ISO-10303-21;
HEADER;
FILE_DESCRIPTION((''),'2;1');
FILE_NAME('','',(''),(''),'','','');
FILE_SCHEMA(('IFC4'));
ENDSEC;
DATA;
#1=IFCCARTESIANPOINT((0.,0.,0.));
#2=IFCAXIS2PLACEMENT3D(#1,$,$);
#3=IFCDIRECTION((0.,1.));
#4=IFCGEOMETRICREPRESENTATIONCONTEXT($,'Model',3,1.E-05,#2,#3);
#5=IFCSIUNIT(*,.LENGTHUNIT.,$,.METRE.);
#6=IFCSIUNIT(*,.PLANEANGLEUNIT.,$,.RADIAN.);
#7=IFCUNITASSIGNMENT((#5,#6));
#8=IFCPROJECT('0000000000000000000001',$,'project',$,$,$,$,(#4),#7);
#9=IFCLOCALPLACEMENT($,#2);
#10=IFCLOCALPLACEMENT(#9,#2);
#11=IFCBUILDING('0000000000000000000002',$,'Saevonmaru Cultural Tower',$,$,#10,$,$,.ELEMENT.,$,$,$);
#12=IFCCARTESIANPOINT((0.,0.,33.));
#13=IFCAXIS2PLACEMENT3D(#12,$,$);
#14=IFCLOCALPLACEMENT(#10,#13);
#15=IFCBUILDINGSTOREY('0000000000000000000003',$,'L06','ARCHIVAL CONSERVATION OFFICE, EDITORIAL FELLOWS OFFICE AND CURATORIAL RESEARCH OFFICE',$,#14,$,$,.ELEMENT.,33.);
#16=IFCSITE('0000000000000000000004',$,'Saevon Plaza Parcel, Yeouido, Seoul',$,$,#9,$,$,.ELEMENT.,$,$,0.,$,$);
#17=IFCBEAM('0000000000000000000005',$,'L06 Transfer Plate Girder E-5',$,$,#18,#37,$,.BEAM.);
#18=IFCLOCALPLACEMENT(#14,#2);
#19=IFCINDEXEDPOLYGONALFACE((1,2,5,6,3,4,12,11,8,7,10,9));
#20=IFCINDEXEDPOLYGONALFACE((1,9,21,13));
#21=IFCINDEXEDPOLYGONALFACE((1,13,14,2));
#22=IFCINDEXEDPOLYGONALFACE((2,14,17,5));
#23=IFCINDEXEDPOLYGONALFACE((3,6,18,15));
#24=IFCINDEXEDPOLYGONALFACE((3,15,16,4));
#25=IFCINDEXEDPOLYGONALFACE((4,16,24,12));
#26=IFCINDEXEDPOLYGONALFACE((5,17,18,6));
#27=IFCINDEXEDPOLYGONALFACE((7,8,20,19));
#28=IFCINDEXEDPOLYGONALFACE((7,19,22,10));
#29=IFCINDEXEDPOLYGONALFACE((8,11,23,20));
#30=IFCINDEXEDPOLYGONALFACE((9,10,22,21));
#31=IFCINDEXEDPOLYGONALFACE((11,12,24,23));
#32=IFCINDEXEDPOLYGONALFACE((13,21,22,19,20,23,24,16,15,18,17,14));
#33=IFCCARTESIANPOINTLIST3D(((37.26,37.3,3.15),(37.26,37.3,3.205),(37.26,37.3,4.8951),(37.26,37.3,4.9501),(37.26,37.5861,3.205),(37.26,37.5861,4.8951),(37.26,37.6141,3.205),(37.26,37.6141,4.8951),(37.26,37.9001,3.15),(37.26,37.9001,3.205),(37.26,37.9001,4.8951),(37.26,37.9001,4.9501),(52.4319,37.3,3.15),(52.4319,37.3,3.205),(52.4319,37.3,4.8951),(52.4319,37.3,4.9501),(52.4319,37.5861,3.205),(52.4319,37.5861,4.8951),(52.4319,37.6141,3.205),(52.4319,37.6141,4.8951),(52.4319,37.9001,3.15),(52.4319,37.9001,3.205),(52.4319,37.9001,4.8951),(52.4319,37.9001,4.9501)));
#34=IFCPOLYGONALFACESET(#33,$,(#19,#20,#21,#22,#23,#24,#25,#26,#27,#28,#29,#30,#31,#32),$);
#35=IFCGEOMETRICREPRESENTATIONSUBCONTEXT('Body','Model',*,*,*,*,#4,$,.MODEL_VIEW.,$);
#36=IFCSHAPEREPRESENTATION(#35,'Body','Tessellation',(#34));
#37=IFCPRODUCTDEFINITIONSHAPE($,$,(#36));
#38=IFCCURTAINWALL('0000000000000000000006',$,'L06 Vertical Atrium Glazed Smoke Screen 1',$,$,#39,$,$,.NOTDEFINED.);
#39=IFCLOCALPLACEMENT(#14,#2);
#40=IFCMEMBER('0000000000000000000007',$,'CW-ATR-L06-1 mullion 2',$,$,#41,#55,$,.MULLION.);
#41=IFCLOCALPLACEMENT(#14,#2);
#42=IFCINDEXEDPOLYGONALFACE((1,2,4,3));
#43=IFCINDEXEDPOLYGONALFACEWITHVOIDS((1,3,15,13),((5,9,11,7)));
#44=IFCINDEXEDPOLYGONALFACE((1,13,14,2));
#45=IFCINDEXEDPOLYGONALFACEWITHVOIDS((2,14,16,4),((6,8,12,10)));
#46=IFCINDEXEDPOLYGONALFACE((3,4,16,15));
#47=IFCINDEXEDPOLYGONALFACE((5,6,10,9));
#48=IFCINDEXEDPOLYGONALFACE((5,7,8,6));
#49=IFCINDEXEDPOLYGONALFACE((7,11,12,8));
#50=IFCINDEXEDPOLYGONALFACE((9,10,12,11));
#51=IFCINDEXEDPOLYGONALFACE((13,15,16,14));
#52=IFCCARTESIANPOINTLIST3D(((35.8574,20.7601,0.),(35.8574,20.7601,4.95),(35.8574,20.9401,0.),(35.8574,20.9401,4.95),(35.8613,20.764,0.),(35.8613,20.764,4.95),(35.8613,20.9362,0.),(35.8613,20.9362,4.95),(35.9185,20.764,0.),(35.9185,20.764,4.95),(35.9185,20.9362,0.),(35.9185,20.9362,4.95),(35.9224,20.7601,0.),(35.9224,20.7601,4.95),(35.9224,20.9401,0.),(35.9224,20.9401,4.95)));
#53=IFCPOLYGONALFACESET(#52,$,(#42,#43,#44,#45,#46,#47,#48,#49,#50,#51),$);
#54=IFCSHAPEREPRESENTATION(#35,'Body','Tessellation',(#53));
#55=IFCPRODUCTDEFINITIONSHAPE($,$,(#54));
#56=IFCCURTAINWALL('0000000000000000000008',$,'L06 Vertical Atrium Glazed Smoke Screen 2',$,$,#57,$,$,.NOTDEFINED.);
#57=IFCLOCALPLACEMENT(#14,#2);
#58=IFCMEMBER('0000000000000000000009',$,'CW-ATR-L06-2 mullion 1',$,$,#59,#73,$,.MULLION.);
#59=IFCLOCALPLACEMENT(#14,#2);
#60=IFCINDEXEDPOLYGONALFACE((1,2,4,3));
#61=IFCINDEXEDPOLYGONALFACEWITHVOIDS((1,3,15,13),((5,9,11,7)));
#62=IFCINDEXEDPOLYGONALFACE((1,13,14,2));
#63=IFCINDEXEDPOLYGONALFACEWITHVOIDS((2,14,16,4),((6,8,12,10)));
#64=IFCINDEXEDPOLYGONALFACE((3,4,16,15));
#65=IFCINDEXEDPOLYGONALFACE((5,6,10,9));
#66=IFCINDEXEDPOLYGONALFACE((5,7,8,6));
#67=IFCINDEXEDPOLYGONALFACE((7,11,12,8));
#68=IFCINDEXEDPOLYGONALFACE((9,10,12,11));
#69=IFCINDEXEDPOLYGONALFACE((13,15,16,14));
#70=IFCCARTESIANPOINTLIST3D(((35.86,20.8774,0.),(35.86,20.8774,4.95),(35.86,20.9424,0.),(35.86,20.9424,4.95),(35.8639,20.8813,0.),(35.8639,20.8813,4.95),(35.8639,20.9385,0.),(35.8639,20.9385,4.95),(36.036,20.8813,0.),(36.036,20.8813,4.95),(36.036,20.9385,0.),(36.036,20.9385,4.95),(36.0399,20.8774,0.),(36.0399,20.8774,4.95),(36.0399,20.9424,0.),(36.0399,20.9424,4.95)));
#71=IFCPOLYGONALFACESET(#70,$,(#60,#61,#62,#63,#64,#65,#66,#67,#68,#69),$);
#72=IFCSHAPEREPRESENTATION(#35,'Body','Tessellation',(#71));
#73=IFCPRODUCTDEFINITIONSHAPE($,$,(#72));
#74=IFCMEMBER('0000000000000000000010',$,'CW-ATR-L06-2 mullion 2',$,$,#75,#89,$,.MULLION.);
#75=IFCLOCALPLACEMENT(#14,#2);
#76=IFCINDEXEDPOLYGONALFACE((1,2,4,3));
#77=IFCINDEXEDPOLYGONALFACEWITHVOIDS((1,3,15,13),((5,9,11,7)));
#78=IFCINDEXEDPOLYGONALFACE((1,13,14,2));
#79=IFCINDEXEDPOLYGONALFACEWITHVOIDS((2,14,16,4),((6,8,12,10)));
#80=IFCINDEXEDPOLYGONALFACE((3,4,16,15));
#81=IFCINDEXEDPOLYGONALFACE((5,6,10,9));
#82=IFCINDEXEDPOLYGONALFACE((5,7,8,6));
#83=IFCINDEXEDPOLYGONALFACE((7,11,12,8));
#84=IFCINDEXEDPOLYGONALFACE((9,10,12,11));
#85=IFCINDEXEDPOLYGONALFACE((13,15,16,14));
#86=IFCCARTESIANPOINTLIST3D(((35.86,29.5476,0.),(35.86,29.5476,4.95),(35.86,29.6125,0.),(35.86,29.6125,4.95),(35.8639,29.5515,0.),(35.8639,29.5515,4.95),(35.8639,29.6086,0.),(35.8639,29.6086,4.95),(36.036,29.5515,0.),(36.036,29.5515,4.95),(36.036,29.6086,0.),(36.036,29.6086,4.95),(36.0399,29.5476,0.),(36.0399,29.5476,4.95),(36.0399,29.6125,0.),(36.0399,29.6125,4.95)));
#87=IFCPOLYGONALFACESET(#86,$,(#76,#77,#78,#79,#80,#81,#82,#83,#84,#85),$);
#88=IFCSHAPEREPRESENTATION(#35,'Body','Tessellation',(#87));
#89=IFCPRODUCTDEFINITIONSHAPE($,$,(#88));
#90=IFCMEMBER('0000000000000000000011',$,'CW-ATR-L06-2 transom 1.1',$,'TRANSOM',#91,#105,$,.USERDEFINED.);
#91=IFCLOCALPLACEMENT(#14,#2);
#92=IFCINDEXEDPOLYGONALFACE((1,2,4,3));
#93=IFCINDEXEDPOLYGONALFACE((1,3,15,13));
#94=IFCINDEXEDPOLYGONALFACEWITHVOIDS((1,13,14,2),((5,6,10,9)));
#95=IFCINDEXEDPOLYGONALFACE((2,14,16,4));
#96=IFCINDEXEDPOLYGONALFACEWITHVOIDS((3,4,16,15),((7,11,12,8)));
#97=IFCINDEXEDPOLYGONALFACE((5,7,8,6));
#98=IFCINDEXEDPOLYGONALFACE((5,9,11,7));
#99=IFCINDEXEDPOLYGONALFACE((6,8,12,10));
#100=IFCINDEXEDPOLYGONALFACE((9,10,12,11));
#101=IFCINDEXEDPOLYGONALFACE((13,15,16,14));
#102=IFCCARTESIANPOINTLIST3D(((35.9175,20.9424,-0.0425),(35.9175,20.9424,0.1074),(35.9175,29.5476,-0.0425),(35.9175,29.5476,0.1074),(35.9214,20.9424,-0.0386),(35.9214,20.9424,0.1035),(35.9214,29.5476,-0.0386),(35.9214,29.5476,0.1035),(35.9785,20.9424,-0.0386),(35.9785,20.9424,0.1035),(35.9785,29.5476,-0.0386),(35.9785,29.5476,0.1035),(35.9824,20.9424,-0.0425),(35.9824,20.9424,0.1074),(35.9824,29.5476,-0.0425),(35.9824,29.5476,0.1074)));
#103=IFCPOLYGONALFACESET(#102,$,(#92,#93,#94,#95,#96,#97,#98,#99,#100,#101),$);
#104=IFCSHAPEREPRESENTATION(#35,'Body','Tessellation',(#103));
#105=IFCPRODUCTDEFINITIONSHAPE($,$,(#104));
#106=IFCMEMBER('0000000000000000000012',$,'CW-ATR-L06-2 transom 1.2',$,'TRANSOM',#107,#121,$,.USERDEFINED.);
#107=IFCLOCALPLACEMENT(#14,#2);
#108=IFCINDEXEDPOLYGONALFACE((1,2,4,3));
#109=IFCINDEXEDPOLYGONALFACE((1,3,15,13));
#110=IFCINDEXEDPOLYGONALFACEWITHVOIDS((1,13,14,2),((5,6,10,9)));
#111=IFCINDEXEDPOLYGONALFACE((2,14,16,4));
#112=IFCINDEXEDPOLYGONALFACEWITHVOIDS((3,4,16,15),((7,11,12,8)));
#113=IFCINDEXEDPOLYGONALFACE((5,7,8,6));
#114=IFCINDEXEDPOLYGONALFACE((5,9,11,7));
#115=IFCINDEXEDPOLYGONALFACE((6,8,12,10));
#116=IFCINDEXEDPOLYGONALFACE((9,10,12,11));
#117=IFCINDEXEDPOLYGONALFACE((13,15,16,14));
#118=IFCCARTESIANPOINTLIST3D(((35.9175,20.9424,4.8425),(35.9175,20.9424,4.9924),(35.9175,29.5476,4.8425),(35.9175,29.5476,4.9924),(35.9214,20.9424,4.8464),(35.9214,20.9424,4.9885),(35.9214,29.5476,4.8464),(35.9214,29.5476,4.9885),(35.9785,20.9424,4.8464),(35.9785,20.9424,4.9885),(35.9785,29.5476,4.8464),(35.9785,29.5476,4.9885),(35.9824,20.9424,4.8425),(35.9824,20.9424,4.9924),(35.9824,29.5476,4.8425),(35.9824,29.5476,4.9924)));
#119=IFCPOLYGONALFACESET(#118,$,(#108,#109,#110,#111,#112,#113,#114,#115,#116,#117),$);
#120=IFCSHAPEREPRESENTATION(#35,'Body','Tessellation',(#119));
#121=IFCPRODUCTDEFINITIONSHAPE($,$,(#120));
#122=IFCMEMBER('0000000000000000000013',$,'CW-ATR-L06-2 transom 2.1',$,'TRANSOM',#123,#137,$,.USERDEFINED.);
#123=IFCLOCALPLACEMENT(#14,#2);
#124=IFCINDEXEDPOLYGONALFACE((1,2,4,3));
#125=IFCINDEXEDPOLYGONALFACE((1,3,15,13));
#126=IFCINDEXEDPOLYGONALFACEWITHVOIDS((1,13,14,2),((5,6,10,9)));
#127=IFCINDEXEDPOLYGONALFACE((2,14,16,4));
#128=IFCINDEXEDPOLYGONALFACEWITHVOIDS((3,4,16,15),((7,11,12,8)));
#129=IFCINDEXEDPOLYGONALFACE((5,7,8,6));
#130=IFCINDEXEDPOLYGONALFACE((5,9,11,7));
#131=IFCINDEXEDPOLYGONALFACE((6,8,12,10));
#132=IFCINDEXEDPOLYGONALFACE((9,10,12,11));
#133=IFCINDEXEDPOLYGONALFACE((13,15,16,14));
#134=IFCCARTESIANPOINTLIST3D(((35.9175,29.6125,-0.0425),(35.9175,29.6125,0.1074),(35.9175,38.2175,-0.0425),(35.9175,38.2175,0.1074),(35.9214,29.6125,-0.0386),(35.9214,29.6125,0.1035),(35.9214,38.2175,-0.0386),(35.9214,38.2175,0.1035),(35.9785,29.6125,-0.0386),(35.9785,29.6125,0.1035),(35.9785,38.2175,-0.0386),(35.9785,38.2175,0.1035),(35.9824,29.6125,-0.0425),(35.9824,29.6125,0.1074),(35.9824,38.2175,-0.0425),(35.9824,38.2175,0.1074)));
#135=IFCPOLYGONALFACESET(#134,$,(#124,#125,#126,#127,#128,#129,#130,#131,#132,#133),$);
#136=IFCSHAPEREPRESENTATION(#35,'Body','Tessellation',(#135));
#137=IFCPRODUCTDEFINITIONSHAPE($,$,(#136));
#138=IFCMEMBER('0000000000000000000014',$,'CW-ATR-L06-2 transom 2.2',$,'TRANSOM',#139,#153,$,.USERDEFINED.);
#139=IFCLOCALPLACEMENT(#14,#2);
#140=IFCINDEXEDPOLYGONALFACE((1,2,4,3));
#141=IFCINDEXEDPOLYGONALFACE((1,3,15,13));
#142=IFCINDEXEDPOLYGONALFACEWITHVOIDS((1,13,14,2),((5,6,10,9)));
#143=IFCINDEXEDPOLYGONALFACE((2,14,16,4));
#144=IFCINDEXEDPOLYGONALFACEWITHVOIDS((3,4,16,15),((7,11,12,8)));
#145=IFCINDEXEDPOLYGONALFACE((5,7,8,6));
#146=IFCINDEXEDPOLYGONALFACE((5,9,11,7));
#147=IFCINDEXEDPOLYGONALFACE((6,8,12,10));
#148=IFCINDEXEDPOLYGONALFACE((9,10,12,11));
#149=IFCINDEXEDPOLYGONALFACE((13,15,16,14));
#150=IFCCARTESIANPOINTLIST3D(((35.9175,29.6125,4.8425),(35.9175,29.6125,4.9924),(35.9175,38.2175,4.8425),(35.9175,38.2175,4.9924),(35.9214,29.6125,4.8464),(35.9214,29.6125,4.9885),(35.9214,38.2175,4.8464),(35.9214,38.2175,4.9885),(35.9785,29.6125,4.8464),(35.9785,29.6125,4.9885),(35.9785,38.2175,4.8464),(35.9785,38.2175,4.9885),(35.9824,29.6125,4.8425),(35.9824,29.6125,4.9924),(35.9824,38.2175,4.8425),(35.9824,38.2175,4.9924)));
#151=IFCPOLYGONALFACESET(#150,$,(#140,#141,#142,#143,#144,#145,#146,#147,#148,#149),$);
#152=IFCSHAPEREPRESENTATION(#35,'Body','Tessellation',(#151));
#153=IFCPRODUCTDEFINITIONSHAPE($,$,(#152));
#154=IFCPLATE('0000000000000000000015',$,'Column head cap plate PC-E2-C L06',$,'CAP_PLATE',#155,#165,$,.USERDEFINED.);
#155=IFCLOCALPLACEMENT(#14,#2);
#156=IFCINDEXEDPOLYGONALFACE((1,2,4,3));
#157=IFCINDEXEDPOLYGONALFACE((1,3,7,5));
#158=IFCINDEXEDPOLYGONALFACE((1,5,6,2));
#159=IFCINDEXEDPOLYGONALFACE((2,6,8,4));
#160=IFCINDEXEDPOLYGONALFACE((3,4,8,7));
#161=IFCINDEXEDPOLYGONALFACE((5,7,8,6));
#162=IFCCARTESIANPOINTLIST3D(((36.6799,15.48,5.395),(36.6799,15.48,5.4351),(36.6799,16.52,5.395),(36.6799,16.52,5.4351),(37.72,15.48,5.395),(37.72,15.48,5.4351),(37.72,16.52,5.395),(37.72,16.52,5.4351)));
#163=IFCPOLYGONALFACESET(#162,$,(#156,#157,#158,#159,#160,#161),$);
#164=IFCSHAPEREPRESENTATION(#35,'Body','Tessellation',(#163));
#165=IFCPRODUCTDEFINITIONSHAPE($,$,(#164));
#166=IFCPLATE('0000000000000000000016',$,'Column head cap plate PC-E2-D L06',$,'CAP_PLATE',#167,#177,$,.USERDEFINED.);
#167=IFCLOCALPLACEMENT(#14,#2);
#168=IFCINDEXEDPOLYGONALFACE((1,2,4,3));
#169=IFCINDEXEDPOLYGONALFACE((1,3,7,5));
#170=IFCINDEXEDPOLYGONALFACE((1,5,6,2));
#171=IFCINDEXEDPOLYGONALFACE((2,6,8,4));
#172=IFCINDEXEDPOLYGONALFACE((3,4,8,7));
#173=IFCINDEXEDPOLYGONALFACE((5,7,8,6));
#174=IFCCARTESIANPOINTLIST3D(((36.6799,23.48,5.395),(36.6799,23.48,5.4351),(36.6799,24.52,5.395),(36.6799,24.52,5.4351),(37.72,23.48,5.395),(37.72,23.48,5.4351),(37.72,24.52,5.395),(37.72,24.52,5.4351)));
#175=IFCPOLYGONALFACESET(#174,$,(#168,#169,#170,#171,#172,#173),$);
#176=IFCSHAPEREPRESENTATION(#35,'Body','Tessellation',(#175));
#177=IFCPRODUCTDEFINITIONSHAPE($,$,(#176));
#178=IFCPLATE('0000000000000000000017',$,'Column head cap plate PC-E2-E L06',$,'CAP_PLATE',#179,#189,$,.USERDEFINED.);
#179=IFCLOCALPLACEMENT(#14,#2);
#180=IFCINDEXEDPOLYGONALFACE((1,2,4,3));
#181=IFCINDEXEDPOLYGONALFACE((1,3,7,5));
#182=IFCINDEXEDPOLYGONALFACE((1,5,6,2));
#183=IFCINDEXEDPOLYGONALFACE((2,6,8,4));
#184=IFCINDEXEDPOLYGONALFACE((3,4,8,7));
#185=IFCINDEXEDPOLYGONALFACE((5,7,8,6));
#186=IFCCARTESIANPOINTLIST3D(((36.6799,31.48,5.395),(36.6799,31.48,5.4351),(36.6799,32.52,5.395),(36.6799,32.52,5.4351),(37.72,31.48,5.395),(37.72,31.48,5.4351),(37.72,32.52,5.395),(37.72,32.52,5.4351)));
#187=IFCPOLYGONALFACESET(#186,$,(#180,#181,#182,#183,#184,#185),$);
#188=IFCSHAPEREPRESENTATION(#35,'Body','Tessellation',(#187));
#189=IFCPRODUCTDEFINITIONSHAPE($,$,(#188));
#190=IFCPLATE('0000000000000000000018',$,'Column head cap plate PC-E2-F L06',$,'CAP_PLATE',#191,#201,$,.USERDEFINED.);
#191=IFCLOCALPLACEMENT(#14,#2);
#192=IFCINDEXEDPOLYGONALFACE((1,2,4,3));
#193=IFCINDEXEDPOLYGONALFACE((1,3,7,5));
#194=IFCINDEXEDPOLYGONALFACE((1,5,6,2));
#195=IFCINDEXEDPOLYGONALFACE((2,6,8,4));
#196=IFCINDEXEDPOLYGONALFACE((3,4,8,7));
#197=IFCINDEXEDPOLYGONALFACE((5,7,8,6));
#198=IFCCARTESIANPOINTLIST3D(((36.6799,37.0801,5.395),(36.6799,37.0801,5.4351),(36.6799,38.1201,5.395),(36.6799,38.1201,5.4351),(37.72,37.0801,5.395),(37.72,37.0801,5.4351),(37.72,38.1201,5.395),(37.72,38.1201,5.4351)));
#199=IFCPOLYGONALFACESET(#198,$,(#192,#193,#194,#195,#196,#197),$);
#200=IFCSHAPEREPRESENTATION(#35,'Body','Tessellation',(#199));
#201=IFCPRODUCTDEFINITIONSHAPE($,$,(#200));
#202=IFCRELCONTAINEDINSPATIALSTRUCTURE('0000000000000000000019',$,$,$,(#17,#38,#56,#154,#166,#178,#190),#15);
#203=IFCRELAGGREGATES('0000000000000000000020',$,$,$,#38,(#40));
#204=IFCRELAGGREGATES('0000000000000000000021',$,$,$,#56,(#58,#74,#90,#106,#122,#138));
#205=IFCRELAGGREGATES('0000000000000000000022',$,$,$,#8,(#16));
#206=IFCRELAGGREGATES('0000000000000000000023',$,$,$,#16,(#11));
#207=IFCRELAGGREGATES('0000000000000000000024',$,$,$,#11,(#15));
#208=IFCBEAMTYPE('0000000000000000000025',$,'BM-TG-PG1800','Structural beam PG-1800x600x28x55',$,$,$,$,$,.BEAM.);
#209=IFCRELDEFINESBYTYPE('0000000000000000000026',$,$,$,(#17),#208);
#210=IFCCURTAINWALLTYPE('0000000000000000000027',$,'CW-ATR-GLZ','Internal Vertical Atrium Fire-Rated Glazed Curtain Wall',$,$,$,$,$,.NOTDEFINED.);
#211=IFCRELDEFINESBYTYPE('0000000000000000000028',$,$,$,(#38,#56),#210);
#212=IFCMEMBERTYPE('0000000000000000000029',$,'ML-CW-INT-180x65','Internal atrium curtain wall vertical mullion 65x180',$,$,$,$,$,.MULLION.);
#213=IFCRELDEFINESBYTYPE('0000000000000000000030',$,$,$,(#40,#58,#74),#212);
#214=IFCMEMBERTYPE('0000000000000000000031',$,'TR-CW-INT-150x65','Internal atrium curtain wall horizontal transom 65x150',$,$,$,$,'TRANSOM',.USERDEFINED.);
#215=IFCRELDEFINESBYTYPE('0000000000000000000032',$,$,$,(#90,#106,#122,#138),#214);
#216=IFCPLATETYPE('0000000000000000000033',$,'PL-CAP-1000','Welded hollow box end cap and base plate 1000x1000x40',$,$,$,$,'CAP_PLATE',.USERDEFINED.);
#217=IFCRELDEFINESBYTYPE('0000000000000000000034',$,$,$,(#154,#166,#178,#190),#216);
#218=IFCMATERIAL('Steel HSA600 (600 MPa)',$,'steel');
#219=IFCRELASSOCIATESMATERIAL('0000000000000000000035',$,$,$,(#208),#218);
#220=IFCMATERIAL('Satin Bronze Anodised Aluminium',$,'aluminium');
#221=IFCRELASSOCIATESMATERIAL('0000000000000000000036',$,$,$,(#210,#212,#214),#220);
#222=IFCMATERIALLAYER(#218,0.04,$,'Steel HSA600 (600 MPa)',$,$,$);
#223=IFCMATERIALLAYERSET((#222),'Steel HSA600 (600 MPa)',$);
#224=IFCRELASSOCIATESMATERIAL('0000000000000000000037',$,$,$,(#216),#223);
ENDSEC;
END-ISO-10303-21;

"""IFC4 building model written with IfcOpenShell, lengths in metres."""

from ifc_helpers import new_model, si_unit, direction, frame, origin, origin_2d, place, context, subcontext, project, spatial, rectangle, hollow_rectangle, i_section, extrude, material, layer, layer_set, material_profile, profile_set, type_object, element, aggregate, save


model = new_model("IFC4")

# Units and contexts
model_context = context("Model", 3, precision=1e-05, world=origin(), true_north=direction((0.0, 1.0)))
body_context = subcontext(model_context, "Body", "Model", "MODEL_VIEW")
ifc_project = project(units=[si_unit("LENGTHUNIT", "METRE"), si_unit("PLANEANGLEUNIT", "RADIAN")], contexts=[model_context])

# Site, building, storey
site_placement = place(None, origin())
site = spatial("IfcSite", under=ifc_project, at=site_placement, Name="Saevon Plaza Parcel, Yeouido, Seoul", CompositionType="ELEMENT", RefElevation=0.0)
building_placement = place(site_placement, origin())
building = spatial("IfcBuilding", under=site, at=building_placement, Name="Saevonmaru Cultural Tower", CompositionType="ELEMENT")
storey_placement = place(building_placement, frame((0.0, 0.0, 33.0)))
storey = spatial("IfcBuildingStorey", under=building, at=storey_placement, Name="L06", Description="ARCHIVAL CONSERVATION OFFICE, EDITORIAL FELLOWS OFFICE AND CURATORIAL RESEARCH OFFICE", CompositionType="ELEMENT", Elevation=33.0)

# Beam
ifc_material_1 = material(Name="Steel HSA600 (600 MPa)", Category="steel")
ifc_material_profile_1 = material_profile(ifc_material_1, i_section(OverallWidth=0.6001, OverallDepth=1.8, WebThickness=0.0281, FlangeThickness=0.0549, at=origin_2d()), Name="PG-1800x600x28x55")
ifc_profile_set_1 = profile_set([ifc_material_profile_1], Name="Steel HSA600 (600 MPa)")
beam_type_1 = type_object("IfcBeamType", Name="BM-TG-PG1800", Description="Structural beam PG-1800x600x28x55", PredefinedType="BEAM", material=ifc_profile_set_1)
beam_1_placement = place(storey_placement, frame((37.26, 37.6001, 4.05), z_axis=(1.0, 0.0, 0.0), x_axis=(0.0, 1.0, 0.0)))
element("IfcBeam", 1, at=beam_1_placement, inside=storey, type_object=beam_type_1, Name="L06 Transfer Plate Girder E-5", PredefinedType="BEAM", context=body_context, shape_type="SweptSolid", body=[
    extrude(i_section(OverallWidth=0.6001, OverallDepth=1.8, WebThickness=0.0281, FlangeThickness=0.0549, at=origin_2d()), origin(), (0.0, 0.0, 1.0), 15.1719),
])

# Curtain wall, member
ifc_material_2 = material(Name="Satin Bronze Anodised Aluminium", Category="aluminium")
curtain_wall_type = type_object("IfcCurtainWallType", Name="CW-ATR-GLZ", Description="Internal Vertical Atrium Fire-Rated Glazed Curtain Wall", PredefinedType="NOTDEFINED", material=ifc_material_2)
curtain_wall_1_placement = place(storey_placement, origin())
curtain_wall_1 = element("IfcCurtainWall", 2, at=curtain_wall_1_placement, inside=storey, type_object=curtain_wall_type, Name="L06 Vertical Atrium Glazed Smoke Screen 1", PredefinedType="NOTDEFINED")
ifc_material_profile_2 = material_profile(ifc_material_2, hollow_rectangle(XDim=0.0649, YDim=0.1799, WallThickness=0.0039, at=origin_2d()), Name="ALU-MULL-180x65x4")
ifc_profile_set_2 = profile_set([ifc_material_profile_2], Name="Satin Bronze Anodised Aluminium")
member_type_1 = type_object("IfcMemberType", Name="ML-CW-INT-180x65", Description="Internal atrium curtain wall vertical mullion 65x180", PredefinedType="MULLION", material=ifc_profile_set_2)
member_1_placement = place(storey_placement, frame((35.8899, 20.8501, 0.0), z_axis=(0.0, 0.0, 1.0), x_axis=(1.0, 0.0, 0.0)))
member_1 = element("IfcMember", 3, at=member_1_placement, type_object=member_type_1, Name="CW-ATR-L06-1 mullion 2", PredefinedType="MULLION", context=body_context, shape_type="SweptSolid", body=[
    extrude(hollow_rectangle(XDim=0.0649, YDim=0.1799, WallThickness=0.0039, at=origin_2d()), origin(), (0.0, 0.0, 1.0), 4.95),
])

# Curtain wall, members
curtain_wall_2_placement = place(storey_placement, origin())
curtain_wall_2 = element("IfcCurtainWall", 4, at=curtain_wall_2_placement, inside=storey, type_object=curtain_wall_type, Name="L06 Vertical Atrium Glazed Smoke Screen 2", PredefinedType="NOTDEFINED")
member_2_placement = place(storey_placement, frame((35.95, 20.9099, 0.0), z_axis=(0.0, 0.0, 1.0), x_axis=(0.0, 1.0, 0.0)))
member_2 = element("IfcMember", 5, at=member_2_placement, type_object=member_type_1, Name="CW-ATR-L06-2 mullion 1", PredefinedType="MULLION", context=body_context, shape_type="SweptSolid", body=[
    extrude(hollow_rectangle(XDim=0.0649, YDim=0.1799, WallThickness=0.0039, at=origin_2d()), origin(), (0.0, 0.0, 1.0), 4.95),
])
member_3_placement = place(storey_placement, frame((35.95, 29.5801, 0.0), z_axis=(0.0, 0.0, 1.0), x_axis=(0.0, 1.0, 0.0)))
member_3 = element("IfcMember", 6, at=member_3_placement, type_object=member_type_1, Name="CW-ATR-L06-2 mullion 2", PredefinedType="MULLION", context=body_context, shape_type="SweptSolid", body=[
    extrude(hollow_rectangle(XDim=0.0649, YDim=0.1799, WallThickness=0.0039, at=origin_2d()), origin(), (0.0, 0.0, 1.0), 4.95),
])
ifc_material_profile_3 = material_profile(ifc_material_2, hollow_rectangle(XDim=0.0649, YDim=0.1499, WallThickness=0.0039, at=origin_2d()), Name="ALU-TRAN-150x65x4")
ifc_profile_set_3 = profile_set([ifc_material_profile_3], Name="Satin Bronze Anodised Aluminium")
member_type_2 = type_object("IfcMemberType", Name="TR-CW-INT-150x65", Description="Internal atrium curtain wall horizontal transom 65x150", ElementType="TRANSOM", PredefinedType="USERDEFINED", material=ifc_profile_set_3)
member_4_placement = place(storey_placement, frame((35.95, 20.9424, 0.0325), z_axis=(0.0, 1.0, 0.0), x_axis=(-1.0, 0.0, 0.0)))
member_4 = element("IfcMember", 7, at=member_4_placement, type_object=member_type_2, Name="CW-ATR-L06-2 transom 1.1", ObjectType="TRANSOM", PredefinedType="USERDEFINED", context=body_context, shape_type="SweptSolid", body=[
    extrude(hollow_rectangle(XDim=0.0649, YDim=0.1499, WallThickness=0.0039, at=origin_2d()), origin(), (0.0, 0.0, 1.0), 8.6052),
])
member_5_placement = place(storey_placement, frame((35.95, 20.9424, 4.9175), z_axis=(0.0, 1.0, 0.0), x_axis=(-1.0, 0.0, 0.0)))
member_5 = element("IfcMember", 8, at=member_5_placement, type_object=member_type_2, Name="CW-ATR-L06-2 transom 1.2", ObjectType="TRANSOM", PredefinedType="USERDEFINED", context=body_context, shape_type="SweptSolid", body=[
    extrude(hollow_rectangle(XDim=0.0649, YDim=0.1499, WallThickness=0.0039, at=origin_2d()), origin(), (0.0, 0.0, 1.0), 8.6052),
])
member_6_placement = place(storey_placement, frame((35.95, 29.6125, 0.0325), z_axis=(0.0, 1.0, 0.0), x_axis=(-1.0, 0.0, 0.0)))
member_6 = element("IfcMember", 9, at=member_6_placement, type_object=member_type_2, Name="CW-ATR-L06-2 transom 2.1", ObjectType="TRANSOM", PredefinedType="USERDEFINED", context=body_context, shape_type="SweptSolid", body=[
    extrude(hollow_rectangle(XDim=0.0649, YDim=0.1499, WallThickness=0.0039, at=origin_2d()), origin(), (0.0, 0.0, 1.0), 8.605),
])
member_7_placement = place(storey_placement, frame((35.95, 29.6125, 4.9175), z_axis=(0.0, 1.0, 0.0), x_axis=(-1.0, 0.0, 0.0)))
member_7 = element("IfcMember", 10, at=member_7_placement, type_object=member_type_2, Name="CW-ATR-L06-2 transom 2.2", ObjectType="TRANSOM", PredefinedType="USERDEFINED", context=body_context, shape_type="SweptSolid", body=[
    extrude(hollow_rectangle(XDim=0.0649, YDim=0.1499, WallThickness=0.0039, at=origin_2d()), origin(), (0.0, 0.0, 1.0), 8.605),
])

# Plates
ifc_layer_1 = layer(ifc_material_1, 0.04, Name="Steel HSA600 (600 MPa)")
ifc_layer_set_1 = layer_set([ifc_layer_1], Name="Steel HSA600 (600 MPa)")
plate_type_1 = type_object("IfcPlateType", Name="PL-CAP-1000", Description="Welded hollow box end cap and base plate 1000x1000x40", ElementType="CAP_PLATE", PredefinedType="USERDEFINED", material=ifc_layer_set_1)
for number, where, z_axis, x_axis, name in (
    (11, (37.2, 16.0, 5.395), (0.0, 0.0, 1.0), (1.0, 0.0, 0.0), "Column head cap plate PC-E2-C L06"),
    (12, (37.2, 24.0, 5.395), (0.0, 0.0, 1.0), (1.0, 0.0, 0.0), "Column head cap plate PC-E2-D L06"),
    (13, (37.2, 32.0, 5.395), (0.0, 0.0, 1.0), (1.0, 0.0, 0.0), "Column head cap plate PC-E2-E L06"),
    (14, (37.2, 37.6001, 5.395), (0.0, 0.0, 1.0), (1.0, 0.0, 0.0), "Column head cap plate PC-E2-F L06"),
):
    element("IfcPlate", number, at=place(storey_placement, frame(where, z_axis=z_axis, x_axis=x_axis)), inside=storey, type_object=plate_type_1, Name=name, ObjectType="CAP_PLATE", PredefinedType="USERDEFINED", context=body_context, shape_type="SweptSolid", body=[
        extrude(rectangle(XDim=1.04, YDim=1.04, at=origin_2d()), origin(), (0.0, 0.0, 1.0), 0.04),
    ])

aggregate(curtain_wall_1, [member_1])
aggregate(curtain_wall_2, [member_2, member_3, member_4, member_5, member_6, member_7])

save(model, "model.ifc")
